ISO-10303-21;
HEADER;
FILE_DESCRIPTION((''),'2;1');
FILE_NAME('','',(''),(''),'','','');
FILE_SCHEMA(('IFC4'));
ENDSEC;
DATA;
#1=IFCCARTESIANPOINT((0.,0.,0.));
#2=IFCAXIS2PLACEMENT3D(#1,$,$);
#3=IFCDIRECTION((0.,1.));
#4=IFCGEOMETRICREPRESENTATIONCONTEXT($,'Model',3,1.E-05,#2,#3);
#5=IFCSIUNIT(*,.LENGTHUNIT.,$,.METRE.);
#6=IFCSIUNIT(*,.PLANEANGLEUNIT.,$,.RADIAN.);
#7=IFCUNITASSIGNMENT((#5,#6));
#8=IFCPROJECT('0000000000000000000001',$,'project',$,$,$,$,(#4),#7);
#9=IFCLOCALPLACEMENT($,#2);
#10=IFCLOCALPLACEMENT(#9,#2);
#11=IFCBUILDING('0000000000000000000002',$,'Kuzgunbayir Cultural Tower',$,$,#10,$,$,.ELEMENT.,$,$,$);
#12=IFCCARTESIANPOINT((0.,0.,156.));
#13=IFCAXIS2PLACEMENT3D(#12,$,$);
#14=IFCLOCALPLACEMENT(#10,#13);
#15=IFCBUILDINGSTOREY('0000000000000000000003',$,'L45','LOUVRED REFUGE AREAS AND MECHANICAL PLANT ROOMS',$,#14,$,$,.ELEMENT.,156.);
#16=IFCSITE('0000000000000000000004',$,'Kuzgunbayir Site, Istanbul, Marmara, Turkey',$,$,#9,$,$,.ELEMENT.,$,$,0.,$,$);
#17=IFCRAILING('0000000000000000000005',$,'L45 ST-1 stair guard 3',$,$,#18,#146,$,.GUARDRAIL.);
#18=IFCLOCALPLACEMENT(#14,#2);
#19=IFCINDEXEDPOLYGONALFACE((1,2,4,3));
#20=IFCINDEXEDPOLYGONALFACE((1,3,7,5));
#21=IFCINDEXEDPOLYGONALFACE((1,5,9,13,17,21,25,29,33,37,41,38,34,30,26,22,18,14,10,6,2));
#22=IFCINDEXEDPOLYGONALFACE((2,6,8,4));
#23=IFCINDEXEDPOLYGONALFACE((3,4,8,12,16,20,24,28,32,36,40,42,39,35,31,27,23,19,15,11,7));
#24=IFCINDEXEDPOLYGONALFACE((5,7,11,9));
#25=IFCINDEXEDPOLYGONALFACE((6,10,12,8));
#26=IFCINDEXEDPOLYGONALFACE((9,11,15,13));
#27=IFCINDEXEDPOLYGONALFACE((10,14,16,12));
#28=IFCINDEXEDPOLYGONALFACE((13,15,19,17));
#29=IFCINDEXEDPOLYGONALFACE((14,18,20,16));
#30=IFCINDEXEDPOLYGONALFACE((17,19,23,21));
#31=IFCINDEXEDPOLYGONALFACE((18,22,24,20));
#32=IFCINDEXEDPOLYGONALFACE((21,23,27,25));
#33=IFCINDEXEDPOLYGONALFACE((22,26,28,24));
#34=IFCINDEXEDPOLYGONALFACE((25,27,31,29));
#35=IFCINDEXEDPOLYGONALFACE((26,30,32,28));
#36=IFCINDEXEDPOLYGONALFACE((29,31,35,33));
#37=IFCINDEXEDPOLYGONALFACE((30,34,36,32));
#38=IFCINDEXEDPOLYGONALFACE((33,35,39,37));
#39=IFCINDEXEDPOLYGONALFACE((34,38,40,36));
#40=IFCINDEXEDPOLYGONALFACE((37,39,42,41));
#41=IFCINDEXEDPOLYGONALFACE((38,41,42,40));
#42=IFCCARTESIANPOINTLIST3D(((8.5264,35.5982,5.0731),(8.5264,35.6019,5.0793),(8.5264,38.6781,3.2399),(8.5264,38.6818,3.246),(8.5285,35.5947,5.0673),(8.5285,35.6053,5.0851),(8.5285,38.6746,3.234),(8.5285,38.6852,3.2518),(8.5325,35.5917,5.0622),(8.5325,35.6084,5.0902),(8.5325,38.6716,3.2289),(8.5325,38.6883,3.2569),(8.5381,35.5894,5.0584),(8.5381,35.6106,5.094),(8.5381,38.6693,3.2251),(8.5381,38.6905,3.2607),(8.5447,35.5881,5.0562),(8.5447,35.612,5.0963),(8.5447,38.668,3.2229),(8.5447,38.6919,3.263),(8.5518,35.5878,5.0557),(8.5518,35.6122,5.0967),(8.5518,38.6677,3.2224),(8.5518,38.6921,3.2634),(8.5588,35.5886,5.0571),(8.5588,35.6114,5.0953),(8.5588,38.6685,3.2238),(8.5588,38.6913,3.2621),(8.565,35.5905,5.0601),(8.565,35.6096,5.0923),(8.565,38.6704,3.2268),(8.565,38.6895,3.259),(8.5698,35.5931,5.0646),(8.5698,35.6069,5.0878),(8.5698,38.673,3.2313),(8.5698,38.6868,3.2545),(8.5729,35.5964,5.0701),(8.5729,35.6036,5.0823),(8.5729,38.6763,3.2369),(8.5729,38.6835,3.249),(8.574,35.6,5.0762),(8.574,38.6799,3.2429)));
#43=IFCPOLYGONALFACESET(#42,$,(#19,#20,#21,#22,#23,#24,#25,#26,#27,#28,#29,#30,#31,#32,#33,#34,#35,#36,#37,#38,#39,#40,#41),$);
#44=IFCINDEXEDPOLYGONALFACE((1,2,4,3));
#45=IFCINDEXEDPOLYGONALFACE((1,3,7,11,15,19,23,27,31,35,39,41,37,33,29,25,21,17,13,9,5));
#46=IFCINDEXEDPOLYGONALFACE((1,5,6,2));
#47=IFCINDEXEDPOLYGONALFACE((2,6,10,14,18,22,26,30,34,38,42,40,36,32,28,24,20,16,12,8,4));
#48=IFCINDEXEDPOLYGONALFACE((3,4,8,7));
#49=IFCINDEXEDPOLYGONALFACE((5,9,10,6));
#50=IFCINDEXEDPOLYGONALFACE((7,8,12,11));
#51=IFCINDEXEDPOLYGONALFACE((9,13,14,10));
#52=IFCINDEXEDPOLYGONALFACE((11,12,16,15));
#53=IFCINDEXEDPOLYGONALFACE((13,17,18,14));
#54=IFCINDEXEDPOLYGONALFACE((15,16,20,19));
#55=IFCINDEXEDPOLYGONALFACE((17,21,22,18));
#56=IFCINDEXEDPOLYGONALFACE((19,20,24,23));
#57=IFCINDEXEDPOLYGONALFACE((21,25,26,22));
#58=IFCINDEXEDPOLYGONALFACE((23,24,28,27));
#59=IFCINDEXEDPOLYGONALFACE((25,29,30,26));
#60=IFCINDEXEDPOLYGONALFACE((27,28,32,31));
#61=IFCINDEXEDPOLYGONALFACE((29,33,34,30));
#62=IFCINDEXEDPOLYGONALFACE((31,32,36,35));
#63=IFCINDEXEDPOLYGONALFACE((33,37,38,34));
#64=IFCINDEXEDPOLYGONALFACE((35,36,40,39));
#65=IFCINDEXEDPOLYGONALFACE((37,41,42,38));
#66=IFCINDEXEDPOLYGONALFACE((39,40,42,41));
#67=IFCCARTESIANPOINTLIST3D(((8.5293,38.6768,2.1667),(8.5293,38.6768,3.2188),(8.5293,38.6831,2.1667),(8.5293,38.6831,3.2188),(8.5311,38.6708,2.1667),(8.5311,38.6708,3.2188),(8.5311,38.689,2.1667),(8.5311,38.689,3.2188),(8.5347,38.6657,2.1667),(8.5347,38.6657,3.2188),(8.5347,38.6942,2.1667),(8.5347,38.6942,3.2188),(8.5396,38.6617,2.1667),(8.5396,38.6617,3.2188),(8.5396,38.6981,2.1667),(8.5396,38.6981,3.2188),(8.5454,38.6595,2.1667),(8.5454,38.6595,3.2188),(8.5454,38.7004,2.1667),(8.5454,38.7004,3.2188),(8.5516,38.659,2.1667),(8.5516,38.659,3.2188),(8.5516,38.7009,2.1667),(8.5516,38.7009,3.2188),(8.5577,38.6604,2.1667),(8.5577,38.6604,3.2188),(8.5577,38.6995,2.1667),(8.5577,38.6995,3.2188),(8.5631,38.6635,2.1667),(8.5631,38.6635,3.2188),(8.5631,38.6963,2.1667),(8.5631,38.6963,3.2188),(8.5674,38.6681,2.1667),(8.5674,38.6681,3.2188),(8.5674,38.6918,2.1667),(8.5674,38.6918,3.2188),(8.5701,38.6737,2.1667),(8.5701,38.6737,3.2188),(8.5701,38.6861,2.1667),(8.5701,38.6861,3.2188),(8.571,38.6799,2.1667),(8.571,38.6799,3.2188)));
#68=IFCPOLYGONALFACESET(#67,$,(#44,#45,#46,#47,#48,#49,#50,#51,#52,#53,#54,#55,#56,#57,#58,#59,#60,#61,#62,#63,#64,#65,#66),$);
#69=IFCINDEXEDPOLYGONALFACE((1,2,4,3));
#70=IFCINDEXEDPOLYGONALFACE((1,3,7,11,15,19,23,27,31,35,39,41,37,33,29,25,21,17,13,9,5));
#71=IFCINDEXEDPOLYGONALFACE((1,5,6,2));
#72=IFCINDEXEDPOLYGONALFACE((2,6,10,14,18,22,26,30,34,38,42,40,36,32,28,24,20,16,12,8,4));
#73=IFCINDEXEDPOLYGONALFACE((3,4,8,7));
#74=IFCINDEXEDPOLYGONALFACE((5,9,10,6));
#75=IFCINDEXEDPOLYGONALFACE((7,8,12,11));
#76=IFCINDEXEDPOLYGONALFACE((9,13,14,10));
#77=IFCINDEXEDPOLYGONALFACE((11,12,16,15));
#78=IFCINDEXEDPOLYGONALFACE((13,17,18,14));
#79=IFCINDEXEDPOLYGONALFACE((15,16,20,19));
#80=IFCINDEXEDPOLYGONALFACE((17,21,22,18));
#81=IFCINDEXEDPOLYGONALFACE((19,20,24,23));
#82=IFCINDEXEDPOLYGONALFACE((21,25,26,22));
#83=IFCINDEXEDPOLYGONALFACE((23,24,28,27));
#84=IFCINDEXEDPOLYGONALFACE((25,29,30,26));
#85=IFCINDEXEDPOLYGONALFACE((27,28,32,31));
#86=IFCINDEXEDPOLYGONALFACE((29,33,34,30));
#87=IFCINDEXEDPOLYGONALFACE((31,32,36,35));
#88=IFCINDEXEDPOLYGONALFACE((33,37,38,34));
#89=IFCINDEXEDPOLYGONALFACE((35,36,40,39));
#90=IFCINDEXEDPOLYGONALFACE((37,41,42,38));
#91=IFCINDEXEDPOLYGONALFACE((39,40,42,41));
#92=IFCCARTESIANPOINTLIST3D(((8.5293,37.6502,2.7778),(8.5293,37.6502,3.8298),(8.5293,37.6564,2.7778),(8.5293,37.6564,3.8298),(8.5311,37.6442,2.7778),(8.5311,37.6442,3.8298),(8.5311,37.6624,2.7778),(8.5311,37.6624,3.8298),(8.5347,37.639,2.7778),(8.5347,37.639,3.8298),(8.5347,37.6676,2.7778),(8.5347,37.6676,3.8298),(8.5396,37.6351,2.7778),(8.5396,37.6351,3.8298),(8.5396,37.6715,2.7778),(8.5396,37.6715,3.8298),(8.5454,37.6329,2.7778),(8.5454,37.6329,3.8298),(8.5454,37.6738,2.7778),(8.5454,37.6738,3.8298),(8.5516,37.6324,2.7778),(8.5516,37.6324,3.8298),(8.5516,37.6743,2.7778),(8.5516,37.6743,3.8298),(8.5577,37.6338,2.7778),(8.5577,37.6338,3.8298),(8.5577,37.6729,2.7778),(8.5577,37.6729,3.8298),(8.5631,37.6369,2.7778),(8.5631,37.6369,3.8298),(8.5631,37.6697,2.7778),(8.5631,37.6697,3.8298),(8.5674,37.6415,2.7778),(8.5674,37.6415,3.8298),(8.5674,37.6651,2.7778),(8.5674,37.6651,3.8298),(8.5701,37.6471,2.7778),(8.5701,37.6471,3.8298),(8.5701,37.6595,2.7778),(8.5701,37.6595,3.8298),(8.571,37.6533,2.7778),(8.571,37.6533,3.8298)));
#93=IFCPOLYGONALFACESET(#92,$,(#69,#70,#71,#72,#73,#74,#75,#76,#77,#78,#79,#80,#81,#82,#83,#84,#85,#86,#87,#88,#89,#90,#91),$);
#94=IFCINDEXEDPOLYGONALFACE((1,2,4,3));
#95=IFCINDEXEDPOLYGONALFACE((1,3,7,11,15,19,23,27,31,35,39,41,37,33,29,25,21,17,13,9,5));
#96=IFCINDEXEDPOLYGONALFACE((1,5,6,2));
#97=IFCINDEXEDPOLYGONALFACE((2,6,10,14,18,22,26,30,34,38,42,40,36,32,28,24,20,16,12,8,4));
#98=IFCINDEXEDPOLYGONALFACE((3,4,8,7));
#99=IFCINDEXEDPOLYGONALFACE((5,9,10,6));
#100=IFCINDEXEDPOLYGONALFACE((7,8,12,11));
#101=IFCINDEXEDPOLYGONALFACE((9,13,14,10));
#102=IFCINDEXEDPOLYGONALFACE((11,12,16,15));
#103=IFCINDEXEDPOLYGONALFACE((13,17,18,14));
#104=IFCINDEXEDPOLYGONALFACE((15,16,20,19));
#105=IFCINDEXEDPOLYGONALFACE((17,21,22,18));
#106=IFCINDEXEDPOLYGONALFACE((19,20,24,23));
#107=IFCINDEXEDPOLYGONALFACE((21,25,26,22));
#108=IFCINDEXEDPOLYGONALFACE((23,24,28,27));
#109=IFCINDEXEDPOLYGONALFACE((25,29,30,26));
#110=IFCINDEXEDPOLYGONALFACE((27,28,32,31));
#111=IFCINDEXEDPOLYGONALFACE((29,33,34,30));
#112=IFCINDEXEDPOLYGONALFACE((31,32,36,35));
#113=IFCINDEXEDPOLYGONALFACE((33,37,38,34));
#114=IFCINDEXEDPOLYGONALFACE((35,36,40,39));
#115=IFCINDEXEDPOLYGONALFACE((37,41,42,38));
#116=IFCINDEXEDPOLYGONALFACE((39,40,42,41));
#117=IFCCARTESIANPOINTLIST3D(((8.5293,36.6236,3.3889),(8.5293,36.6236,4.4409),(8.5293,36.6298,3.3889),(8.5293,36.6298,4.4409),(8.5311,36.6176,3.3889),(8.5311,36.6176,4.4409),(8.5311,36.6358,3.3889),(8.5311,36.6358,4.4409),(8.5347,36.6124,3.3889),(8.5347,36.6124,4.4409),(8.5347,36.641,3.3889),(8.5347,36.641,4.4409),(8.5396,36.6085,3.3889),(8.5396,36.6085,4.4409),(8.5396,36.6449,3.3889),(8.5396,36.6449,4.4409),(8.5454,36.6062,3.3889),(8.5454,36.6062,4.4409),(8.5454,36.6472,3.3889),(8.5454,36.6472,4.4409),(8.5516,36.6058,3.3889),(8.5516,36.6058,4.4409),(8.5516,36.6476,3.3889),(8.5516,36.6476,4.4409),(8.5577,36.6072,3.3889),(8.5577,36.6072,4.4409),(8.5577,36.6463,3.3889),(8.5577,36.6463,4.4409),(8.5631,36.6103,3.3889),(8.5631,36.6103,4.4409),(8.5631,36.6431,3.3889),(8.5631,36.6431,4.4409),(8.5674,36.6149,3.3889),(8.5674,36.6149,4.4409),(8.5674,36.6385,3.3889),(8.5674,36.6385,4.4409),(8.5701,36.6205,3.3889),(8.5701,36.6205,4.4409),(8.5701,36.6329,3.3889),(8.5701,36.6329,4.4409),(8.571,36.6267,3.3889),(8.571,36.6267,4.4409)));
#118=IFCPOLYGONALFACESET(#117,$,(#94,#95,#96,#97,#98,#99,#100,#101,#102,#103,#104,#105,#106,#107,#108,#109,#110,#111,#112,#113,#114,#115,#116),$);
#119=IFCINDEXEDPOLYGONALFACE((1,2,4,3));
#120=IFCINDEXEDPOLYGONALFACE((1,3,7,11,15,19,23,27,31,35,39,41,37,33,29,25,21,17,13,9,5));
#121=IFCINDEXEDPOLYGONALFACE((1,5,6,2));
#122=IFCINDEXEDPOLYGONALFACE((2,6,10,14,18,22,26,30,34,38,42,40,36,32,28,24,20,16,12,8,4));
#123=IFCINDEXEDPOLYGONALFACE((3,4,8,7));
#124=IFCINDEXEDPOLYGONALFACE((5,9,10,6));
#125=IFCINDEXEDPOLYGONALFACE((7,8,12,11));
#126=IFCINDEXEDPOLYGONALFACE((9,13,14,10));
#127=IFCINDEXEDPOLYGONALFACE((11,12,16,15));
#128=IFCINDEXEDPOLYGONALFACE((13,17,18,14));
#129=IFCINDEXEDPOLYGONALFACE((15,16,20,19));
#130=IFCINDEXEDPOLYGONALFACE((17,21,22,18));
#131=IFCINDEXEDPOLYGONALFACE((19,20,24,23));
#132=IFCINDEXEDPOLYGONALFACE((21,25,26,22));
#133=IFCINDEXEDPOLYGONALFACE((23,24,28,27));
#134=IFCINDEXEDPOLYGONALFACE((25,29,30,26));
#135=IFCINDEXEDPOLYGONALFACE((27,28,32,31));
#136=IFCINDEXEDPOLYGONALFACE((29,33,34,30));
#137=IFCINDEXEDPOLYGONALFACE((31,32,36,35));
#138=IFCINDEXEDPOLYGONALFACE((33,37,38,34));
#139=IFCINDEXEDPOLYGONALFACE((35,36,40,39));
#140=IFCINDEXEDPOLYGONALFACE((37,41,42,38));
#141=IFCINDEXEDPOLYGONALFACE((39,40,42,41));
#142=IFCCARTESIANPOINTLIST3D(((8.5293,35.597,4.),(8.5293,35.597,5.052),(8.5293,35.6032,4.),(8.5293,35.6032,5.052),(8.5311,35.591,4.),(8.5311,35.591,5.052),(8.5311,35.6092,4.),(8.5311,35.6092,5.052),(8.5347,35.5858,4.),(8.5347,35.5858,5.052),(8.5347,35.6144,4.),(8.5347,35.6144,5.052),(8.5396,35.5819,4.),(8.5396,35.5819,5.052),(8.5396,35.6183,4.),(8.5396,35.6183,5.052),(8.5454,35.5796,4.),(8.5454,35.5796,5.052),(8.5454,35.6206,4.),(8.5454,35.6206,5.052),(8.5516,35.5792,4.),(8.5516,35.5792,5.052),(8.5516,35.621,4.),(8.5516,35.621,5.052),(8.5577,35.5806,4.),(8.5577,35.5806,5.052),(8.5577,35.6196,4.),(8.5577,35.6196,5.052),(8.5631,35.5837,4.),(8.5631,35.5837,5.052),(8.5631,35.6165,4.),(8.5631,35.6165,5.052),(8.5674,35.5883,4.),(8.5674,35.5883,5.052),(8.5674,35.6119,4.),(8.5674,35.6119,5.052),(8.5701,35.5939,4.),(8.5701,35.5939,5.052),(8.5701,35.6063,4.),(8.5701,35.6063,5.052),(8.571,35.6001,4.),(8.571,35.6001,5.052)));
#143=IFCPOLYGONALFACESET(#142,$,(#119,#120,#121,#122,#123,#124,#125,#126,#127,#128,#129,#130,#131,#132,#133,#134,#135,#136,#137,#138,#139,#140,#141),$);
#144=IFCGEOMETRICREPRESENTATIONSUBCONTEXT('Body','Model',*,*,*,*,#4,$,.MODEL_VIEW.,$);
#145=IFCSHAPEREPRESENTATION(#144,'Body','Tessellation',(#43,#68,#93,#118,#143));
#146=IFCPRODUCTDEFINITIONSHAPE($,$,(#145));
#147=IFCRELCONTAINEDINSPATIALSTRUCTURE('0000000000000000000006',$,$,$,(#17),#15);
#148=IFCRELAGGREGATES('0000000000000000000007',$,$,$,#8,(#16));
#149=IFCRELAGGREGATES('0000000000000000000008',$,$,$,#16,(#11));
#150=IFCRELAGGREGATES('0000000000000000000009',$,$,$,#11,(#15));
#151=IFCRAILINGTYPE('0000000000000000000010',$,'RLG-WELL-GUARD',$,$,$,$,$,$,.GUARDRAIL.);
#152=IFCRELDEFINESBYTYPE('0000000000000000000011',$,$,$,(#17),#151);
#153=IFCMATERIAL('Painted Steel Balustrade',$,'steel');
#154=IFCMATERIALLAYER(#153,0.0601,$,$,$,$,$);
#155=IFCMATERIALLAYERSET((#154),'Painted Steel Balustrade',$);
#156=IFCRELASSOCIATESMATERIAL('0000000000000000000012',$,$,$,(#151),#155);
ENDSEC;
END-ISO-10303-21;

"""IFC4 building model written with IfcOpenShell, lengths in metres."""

from ifc_helpers import new_model, si_unit, direction, frame, origin, origin_2d, place, context, subcontext, project, spatial, circle, extrude, material, layer, layer_set, type_object, element, save


model = new_model("IFC4")

# Units and contexts
model_context = context("Model", 3, precision=1e-05, world=origin(), true_north=direction((0.0, 1.0)))
body_context = subcontext(model_context, "Body", "Model", "MODEL_VIEW")
ifc_project = project(units=[si_unit("LENGTHUNIT", "METRE"), si_unit("PLANEANGLEUNIT", "RADIAN")], contexts=[model_context])

# Site, building, storey
site_placement = place(None, origin())
site = spatial("IfcSite", under=ifc_project, at=site_placement, Name="Kuzgunbayir Site, Istanbul, Marmara, Turkey", CompositionType="ELEMENT", RefElevation=0.0)
building_placement = place(site_placement, origin())
building = spatial("IfcBuilding", under=site, at=building_placement, Name="Kuzgunbayir Cultural Tower", CompositionType="ELEMENT")
storey_placement = place(building_placement, frame((0.0, 0.0, 156.0)))
storey = spatial("IfcBuildingStorey", under=building, at=storey_placement, Name="L45", Description="LOUVRED REFUGE AREAS AND MECHANICAL PLANT ROOMS", CompositionType="ELEMENT", Elevation=156.0)

# Railing
ifc_material_1 = material(Name="Painted Steel Balustrade", Category="steel")
ifc_layer_1 = layer(ifc_material_1, 0.0601)
ifc_layer_set_1 = layer_set([ifc_layer_1], Name="Painted Steel Balustrade")
railing_type_1 = type_object("IfcRailingType", Name="RLG-WELL-GUARD", PredefinedType="GUARDRAIL", material=ifc_layer_set_1)
railing_1_placement = place(storey_placement, frame((8.55, 38.6799, 2.1667)))
element("IfcRailing", 1, at=railing_1_placement, inside=storey, type_object=railing_type_1, Name="L45 ST-1 stair guard 3", PredefinedType="GUARDRAIL", context=body_context, shape_type="SweptSolid", body=[
    extrude(circle(Radius=0.0239, at=origin_2d()), frame((0.0, 0.0, 1.0762), z_axis=(0.0, -0.859291, 0.511487), x_axis=(1.0, 0.0, 0.0)), (0.0, 0.0, 1.0), 3.5842),
    extrude(circle(Radius=0.021, at=origin_2d()), origin(), (0.0, 0.0, 1.0), 1.052),
    extrude(circle(Radius=0.021, at=origin_2d()), frame((0.0, -1.0266, 0.6111)), (0.0, 0.0, 1.0), 1.052),
    extrude(circle(Radius=0.021, at=origin_2d()), frame((0.0, -2.0532, 1.2222)), (0.0, 0.0, 1.0), 1.052),
    extrude(circle(Radius=0.021, at=origin_2d()), frame((0.0, -3.0798, 1.8333)), (0.0, 0.0, 1.0), 1.052),
])

save(model, "model.ifc")
